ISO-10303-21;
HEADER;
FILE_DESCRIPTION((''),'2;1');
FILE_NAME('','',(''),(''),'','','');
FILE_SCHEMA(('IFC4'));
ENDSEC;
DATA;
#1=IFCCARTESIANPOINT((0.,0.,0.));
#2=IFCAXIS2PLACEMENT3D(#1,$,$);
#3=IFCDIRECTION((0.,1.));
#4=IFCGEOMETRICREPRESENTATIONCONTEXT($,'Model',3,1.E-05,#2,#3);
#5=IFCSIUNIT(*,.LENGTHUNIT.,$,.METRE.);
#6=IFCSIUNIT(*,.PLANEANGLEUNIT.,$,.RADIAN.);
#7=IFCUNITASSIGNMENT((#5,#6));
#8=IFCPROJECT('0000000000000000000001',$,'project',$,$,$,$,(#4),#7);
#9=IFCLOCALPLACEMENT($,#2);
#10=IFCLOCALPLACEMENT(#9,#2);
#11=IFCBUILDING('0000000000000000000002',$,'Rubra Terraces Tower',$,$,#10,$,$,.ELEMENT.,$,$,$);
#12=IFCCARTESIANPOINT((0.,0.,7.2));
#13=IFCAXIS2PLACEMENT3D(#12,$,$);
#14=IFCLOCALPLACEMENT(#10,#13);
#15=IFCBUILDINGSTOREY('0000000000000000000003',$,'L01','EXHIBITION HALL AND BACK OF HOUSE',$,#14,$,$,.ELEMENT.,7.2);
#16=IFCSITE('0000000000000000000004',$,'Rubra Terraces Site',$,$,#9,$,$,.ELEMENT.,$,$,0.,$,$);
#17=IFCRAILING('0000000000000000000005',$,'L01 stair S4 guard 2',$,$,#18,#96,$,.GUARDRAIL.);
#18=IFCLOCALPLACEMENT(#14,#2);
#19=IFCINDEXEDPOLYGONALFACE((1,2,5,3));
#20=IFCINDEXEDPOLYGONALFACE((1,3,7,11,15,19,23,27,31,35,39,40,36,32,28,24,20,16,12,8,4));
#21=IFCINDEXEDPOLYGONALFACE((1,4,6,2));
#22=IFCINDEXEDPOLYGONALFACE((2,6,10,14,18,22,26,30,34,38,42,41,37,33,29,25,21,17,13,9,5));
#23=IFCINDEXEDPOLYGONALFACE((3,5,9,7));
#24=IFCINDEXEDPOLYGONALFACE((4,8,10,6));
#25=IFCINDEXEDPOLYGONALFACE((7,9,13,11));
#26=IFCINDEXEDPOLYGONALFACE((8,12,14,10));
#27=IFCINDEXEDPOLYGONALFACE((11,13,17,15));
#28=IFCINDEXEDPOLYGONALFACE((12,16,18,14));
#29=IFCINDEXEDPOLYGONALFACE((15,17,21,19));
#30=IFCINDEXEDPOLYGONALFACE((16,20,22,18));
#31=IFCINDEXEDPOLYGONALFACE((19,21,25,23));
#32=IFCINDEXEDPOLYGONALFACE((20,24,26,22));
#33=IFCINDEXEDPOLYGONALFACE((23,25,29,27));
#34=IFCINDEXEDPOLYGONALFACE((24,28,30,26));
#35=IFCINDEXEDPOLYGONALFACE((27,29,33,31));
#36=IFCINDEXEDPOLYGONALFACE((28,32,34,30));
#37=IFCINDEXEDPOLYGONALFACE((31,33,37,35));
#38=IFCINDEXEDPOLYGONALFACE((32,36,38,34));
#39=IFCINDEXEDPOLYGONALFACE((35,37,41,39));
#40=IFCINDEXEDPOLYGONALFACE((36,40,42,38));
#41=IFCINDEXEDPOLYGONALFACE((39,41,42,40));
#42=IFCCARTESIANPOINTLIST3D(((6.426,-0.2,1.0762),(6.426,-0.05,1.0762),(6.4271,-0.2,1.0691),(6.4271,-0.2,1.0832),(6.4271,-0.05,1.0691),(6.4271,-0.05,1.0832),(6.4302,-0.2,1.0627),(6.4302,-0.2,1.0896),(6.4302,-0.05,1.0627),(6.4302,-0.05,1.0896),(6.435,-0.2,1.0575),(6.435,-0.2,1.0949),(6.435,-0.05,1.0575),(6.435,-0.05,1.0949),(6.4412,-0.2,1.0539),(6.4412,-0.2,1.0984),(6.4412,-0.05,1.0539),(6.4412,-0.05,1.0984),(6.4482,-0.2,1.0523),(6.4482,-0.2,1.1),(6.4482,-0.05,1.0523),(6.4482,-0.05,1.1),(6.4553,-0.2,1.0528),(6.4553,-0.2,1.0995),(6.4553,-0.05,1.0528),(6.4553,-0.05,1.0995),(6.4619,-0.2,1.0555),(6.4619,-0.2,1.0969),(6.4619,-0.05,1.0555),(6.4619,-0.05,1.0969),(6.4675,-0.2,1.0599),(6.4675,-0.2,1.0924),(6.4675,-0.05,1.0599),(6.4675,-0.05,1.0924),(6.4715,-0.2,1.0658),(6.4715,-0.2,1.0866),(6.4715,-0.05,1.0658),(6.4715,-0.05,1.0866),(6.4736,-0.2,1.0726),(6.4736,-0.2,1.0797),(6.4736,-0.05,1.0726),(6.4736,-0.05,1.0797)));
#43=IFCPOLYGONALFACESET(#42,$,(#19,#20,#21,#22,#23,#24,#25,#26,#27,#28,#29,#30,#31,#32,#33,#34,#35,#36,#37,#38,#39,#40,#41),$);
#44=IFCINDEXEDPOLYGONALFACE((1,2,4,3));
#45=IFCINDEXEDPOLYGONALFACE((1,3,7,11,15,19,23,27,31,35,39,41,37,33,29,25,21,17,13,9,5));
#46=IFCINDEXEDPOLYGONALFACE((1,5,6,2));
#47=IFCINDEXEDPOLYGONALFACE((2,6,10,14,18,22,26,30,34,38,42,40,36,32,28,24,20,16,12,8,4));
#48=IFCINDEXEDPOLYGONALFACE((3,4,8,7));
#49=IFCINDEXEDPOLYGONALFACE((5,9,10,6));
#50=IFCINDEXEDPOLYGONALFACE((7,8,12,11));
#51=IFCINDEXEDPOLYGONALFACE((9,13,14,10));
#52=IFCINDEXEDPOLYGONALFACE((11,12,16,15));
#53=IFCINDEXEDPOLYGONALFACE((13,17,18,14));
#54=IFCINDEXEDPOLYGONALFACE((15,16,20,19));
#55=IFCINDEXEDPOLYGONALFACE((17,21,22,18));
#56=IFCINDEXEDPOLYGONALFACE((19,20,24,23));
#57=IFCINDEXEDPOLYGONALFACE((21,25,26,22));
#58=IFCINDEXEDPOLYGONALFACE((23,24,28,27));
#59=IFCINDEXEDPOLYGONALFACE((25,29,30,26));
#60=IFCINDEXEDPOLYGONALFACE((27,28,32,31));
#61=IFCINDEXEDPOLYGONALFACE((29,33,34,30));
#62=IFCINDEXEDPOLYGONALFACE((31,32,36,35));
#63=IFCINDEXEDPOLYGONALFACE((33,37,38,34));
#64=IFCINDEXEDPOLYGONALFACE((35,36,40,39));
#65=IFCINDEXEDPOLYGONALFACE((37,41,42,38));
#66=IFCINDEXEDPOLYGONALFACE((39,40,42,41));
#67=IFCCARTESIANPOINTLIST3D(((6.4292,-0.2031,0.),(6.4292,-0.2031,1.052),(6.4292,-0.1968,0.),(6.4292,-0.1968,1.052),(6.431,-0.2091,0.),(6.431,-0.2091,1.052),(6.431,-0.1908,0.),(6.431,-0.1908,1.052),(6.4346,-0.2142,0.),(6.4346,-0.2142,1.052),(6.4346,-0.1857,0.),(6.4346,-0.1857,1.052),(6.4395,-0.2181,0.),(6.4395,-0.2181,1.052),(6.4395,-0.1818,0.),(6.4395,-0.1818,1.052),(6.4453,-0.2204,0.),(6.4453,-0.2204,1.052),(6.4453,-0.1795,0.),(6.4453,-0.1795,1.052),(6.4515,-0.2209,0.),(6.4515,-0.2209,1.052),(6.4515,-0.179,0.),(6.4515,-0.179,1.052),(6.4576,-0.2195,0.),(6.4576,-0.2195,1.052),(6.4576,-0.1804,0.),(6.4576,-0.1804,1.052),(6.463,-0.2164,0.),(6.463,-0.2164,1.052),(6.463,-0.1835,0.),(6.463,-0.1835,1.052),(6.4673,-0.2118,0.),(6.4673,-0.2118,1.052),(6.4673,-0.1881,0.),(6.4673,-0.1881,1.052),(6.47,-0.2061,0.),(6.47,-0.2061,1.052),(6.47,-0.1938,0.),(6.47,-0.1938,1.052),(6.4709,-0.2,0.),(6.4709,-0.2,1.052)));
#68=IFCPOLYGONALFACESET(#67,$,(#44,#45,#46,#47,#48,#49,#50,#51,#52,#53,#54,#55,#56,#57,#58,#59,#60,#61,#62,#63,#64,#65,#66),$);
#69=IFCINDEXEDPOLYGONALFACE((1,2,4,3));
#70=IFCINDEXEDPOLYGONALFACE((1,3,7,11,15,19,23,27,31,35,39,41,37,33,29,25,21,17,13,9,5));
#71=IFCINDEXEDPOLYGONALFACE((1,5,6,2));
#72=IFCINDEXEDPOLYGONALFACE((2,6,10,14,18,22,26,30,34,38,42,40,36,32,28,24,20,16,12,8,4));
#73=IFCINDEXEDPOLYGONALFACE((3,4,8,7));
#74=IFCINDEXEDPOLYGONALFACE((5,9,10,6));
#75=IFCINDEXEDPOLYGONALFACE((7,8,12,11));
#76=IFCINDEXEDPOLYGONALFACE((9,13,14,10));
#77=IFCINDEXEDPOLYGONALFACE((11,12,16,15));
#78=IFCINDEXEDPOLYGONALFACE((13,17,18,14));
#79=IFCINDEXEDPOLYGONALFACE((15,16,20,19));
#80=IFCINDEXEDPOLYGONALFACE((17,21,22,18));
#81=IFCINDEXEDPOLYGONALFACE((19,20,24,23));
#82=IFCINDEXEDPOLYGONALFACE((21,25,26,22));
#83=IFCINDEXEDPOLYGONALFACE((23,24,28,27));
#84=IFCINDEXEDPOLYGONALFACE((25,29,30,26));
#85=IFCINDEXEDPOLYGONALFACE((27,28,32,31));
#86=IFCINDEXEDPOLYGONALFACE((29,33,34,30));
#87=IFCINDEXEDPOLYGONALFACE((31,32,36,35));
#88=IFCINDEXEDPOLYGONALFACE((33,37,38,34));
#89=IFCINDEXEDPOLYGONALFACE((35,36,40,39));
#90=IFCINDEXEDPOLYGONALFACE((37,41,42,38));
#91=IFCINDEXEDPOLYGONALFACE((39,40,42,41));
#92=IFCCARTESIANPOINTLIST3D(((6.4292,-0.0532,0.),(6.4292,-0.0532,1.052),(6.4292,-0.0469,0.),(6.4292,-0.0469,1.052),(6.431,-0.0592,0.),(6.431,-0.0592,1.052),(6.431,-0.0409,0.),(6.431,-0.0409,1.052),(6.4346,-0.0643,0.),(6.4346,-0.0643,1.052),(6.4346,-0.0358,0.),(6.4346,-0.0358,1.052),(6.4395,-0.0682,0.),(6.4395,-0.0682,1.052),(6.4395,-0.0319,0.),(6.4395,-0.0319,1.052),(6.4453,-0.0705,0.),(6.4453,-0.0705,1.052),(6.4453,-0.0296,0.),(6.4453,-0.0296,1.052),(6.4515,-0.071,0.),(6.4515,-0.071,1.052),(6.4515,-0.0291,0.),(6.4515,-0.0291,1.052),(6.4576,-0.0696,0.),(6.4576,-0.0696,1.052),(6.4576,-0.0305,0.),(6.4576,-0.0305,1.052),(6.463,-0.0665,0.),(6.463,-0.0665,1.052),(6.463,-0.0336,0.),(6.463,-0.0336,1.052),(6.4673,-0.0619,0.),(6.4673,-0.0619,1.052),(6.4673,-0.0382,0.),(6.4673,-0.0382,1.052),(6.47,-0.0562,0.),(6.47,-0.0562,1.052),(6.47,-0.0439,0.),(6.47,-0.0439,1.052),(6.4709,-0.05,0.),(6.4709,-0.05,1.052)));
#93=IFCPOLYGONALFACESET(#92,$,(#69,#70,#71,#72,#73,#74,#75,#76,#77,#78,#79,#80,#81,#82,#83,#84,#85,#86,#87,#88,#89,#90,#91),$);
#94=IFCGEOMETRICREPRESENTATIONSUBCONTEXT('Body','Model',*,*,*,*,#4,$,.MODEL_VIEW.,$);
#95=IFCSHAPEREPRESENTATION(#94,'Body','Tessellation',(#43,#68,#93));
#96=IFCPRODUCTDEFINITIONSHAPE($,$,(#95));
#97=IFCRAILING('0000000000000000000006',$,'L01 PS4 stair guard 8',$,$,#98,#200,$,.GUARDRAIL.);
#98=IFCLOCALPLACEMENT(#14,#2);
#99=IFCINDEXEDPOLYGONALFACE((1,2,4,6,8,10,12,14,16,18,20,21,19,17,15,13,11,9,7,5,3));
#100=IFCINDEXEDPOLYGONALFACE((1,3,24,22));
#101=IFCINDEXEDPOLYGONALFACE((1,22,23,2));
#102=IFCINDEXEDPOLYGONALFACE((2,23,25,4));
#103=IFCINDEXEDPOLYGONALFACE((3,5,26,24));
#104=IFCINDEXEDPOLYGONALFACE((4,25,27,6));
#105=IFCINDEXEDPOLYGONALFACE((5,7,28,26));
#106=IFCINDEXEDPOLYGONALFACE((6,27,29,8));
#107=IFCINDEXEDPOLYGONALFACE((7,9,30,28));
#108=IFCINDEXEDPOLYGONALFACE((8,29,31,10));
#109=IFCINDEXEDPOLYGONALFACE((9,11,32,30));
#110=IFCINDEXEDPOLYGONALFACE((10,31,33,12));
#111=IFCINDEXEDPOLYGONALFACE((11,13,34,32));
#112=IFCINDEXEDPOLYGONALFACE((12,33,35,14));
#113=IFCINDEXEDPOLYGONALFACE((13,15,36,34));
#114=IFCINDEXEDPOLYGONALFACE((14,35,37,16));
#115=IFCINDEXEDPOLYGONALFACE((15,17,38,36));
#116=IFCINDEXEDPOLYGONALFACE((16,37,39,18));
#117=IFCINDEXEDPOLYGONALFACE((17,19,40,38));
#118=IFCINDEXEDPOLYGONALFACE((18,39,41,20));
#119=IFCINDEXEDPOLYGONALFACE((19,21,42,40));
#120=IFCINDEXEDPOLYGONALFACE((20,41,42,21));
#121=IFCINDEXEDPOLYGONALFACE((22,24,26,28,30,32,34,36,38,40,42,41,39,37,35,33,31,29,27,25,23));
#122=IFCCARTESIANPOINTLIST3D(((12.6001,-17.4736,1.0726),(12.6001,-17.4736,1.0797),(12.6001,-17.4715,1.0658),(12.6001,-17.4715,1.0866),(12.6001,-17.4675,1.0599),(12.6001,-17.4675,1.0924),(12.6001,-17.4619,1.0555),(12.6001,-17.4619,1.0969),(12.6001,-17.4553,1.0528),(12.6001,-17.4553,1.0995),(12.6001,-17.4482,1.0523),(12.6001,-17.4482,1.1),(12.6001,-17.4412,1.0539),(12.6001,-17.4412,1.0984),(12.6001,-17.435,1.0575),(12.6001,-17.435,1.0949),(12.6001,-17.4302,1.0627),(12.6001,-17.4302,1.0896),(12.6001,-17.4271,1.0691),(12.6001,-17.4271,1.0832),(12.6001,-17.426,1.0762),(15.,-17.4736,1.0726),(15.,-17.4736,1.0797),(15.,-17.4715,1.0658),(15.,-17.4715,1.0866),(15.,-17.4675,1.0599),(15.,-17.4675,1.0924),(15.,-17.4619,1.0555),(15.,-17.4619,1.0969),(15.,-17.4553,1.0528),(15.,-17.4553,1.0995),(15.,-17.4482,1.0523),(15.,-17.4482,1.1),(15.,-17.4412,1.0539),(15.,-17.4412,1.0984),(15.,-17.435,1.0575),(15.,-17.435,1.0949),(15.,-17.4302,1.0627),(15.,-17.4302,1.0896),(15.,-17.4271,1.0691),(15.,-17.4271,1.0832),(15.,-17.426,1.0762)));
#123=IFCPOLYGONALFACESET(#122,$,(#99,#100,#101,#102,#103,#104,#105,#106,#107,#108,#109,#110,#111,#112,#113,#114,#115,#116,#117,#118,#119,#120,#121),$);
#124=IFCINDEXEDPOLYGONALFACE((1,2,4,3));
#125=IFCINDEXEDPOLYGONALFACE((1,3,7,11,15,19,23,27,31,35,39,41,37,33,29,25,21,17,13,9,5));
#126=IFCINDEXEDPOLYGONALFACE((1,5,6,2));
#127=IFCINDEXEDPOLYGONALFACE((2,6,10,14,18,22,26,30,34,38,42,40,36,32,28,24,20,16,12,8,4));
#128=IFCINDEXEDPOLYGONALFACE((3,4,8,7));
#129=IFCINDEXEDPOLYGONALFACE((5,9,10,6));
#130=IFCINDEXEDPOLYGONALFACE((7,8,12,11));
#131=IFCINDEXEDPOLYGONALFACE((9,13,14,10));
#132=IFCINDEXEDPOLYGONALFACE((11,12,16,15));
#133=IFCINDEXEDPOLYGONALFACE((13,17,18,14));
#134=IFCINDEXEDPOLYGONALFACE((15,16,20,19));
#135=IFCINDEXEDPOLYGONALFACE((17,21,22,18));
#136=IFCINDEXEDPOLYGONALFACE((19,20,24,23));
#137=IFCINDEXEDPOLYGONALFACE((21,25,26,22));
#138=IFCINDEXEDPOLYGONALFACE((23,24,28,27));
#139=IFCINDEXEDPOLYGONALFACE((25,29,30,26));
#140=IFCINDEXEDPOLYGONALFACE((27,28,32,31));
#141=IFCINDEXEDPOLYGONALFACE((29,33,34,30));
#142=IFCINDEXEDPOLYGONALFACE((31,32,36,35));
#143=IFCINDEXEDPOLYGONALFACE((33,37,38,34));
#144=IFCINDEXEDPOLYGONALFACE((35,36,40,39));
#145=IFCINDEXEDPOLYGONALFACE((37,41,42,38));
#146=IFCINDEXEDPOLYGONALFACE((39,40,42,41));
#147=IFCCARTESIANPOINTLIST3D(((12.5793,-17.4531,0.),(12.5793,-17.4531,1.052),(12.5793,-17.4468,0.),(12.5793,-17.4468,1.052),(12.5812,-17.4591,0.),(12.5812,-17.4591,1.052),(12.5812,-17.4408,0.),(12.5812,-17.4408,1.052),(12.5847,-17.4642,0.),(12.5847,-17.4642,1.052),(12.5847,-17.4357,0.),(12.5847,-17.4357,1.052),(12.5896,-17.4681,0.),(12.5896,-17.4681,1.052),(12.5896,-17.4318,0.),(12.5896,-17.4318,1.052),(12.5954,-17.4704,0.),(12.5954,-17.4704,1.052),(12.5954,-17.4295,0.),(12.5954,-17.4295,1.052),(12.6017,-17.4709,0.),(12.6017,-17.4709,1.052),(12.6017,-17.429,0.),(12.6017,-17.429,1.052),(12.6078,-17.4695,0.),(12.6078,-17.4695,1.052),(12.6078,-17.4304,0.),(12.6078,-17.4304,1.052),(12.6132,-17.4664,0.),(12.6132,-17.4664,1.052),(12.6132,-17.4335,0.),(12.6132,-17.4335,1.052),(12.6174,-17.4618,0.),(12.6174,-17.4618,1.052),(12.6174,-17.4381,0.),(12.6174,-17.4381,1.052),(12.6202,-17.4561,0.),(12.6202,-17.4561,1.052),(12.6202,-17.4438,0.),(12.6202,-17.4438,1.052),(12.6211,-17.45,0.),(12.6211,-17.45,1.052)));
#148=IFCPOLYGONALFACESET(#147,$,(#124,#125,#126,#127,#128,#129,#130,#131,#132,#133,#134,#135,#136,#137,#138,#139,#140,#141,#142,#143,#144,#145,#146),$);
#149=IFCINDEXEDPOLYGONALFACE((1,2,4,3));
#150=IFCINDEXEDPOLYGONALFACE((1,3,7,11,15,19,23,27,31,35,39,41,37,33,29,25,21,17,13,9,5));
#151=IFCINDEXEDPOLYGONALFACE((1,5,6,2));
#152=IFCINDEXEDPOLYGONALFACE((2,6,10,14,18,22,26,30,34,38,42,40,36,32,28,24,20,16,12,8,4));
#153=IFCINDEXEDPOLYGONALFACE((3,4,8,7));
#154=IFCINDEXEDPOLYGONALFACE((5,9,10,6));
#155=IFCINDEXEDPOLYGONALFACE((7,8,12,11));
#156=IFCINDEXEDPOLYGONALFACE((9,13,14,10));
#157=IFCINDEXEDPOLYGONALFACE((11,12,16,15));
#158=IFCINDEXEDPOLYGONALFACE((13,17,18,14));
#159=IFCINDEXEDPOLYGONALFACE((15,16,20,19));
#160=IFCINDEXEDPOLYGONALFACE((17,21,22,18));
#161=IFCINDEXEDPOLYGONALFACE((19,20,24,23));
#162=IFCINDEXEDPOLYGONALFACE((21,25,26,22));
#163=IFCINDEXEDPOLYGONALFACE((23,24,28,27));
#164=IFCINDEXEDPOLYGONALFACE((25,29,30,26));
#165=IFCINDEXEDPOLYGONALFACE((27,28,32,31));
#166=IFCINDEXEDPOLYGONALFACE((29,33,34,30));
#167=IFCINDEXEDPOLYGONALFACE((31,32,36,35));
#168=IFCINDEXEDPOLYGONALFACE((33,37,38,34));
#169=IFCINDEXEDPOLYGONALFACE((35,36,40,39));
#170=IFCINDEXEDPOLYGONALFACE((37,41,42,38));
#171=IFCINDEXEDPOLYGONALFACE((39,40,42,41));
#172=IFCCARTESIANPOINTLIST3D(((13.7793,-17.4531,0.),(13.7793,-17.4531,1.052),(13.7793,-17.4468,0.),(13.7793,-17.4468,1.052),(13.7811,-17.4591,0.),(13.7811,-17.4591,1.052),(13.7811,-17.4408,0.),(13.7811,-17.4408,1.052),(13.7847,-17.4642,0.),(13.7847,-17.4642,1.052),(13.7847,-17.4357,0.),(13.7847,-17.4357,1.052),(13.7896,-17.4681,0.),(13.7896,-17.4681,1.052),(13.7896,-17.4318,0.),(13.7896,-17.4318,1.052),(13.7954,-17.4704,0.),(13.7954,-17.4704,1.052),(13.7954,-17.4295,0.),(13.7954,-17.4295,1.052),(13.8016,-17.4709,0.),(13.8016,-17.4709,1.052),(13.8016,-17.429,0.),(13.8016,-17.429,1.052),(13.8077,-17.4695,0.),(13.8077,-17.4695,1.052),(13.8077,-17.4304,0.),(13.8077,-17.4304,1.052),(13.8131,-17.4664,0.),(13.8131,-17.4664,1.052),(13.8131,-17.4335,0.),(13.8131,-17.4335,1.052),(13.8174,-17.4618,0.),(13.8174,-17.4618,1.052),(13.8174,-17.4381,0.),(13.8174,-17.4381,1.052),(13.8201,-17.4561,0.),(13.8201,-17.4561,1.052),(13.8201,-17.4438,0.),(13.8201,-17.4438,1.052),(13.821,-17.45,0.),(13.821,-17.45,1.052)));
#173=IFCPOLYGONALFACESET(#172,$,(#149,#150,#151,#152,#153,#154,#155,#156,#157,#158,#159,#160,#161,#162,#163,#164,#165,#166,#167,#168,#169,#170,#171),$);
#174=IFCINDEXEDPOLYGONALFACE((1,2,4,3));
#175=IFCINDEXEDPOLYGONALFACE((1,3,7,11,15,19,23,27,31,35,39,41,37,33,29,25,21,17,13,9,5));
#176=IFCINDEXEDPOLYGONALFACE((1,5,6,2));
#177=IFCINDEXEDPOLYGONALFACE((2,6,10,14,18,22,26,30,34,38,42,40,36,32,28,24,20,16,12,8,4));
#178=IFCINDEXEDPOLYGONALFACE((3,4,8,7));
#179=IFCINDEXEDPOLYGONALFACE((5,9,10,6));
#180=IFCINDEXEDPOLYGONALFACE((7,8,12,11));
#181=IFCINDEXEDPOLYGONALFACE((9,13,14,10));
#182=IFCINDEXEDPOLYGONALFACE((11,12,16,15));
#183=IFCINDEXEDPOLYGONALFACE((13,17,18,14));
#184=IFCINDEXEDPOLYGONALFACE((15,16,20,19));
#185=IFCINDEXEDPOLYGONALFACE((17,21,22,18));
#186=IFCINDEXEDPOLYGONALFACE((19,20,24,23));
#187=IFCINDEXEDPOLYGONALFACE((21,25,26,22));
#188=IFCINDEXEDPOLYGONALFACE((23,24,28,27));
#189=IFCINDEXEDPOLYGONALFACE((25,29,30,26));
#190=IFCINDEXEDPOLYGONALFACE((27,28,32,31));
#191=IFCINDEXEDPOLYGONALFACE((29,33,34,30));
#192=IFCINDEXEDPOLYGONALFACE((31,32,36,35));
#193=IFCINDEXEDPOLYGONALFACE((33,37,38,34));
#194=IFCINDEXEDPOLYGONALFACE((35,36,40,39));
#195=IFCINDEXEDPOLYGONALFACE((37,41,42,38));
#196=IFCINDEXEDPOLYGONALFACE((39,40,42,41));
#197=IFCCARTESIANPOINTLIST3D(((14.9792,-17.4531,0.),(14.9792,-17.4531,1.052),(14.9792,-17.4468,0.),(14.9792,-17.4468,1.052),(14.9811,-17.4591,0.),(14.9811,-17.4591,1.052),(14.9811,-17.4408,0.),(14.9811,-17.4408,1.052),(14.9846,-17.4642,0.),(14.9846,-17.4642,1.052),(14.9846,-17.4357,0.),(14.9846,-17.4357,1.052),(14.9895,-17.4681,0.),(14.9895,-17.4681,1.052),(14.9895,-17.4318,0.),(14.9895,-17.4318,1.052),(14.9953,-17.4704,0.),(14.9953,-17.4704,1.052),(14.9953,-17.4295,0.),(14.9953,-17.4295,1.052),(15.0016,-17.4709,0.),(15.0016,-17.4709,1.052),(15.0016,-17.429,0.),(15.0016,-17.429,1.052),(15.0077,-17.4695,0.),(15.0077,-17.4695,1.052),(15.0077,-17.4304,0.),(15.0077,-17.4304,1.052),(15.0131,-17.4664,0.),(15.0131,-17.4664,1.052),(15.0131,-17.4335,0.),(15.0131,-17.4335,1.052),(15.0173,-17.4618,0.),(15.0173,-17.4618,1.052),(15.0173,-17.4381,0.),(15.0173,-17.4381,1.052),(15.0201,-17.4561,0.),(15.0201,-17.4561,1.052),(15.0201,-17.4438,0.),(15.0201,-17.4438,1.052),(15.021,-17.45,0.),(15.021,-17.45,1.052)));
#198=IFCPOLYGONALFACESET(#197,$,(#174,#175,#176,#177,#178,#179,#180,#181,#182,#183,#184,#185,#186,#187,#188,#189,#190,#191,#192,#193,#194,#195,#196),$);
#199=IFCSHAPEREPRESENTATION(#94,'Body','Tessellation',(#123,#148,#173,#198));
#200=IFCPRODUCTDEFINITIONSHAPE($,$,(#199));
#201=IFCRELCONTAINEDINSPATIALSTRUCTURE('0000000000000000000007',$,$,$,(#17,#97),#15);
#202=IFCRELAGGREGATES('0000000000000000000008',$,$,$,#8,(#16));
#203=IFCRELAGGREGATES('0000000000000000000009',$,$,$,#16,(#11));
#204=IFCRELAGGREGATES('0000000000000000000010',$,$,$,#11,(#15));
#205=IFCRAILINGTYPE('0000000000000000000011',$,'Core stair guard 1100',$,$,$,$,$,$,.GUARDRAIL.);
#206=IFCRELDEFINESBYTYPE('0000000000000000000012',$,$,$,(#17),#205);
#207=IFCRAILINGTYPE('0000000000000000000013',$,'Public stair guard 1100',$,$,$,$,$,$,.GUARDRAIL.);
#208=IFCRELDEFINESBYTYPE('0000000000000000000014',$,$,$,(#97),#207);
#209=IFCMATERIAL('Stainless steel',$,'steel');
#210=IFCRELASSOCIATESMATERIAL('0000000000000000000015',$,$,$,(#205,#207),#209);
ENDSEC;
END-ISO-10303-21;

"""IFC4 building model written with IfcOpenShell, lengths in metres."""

from ifc_helpers import new_model, si_unit, direction, frame, origin, origin_2d, place, context, subcontext, project, spatial, circle, extrude, material, type_object, element, save


model = new_model("IFC4")

# Units and contexts
model_context = context("Model", 3, precision=1e-05, world=origin(), true_north=direction((0.0, 1.0)))
body_context = subcontext(model_context, "Body", "Model", "MODEL_VIEW")
ifc_project = project(units=[si_unit("LENGTHUNIT", "METRE"), si_unit("PLANEANGLEUNIT", "RADIAN")], contexts=[model_context])

# Site, building, storey
site_placement = place(None, origin())
site = spatial("IfcSite", under=ifc_project, at=site_placement, Name="Rubra Terraces Site", CompositionType="ELEMENT", RefElevation=0.0)
building_placement = place(site_placement, origin())
building = spatial("IfcBuilding", under=site, at=building_placement, Name="Rubra Terraces Tower", CompositionType="ELEMENT")
storey_placement = place(building_placement, frame((0.0, 0.0, 7.2)))
storey = spatial("IfcBuildingStorey", under=building, at=storey_placement, Name="L01", Description="EXHIBITION HALL AND BACK OF HOUSE", CompositionType="ELEMENT", Elevation=7.2)

# Railings
ifc_material_1 = material(Name="Stainless steel", Category="steel")
railing_type_1 = type_object("IfcRailingType", Name="Core stair guard 1100", PredefinedType="GUARDRAIL", material=ifc_material_1)
railing_1_placement = place(storey_placement, frame((6.45, -0.2, 0.0)))
element("IfcRailing", 1, at=railing_1_placement, inside=storey, type_object=railing_type_1, Name="L01 stair S4 guard 2", PredefinedType="GUARDRAIL", context=body_context, shape_type="SweptSolid", body=[
    extrude(circle(Radius=0.0239, at=origin_2d()), frame((0.0, 0.0, 1.0762), z_axis=(0.0, 1.0, 0.0), x_axis=(-1.0, 0.0, 0.0)), (0.0, 0.0, 1.0), 0.1499),
    extrude(circle(Radius=0.021, at=origin_2d()), origin(), (0.0, 0.0, 1.0), 1.052),
    extrude(circle(Radius=0.021, at=origin_2d()), frame((0.0, 0.1499, 0.0)), (0.0, 0.0, 1.0), 1.052),
])
railing_type_2 = type_object("IfcRailingType", Name="Public stair guard 1100", PredefinedType="GUARDRAIL", material=ifc_material_1)
for number, where, name in (
    (2, (12.6001, -17.45, 0.0), "L01 PS4 stair guard 8"),
):
    element("IfcRailing", number, at=place(storey_placement, frame(where)), inside=storey, type_object=railing_type_2, Name=name, PredefinedType="GUARDRAIL", context=body_context, shape_type="SweptSolid", body=[
        extrude(circle(Radius=0.0239, at=origin_2d()), frame((0.0, 0.0, 1.0762), z_axis=(1.0, 0.0, 0.0), x_axis=(0.0, 1.0, 0.0)), (0.0, 0.0, 1.0), 2.3999),
        extrude(circle(Radius=0.021, at=origin_2d()), origin(), (0.0, 0.0, 1.0), 1.052),
        extrude(circle(Radius=0.021, at=origin_2d()), frame((1.2, 0.0, 0.0)), (0.0, 0.0, 1.0), 1.052),
        extrude(circle(Radius=0.021, at=origin_2d()), frame((2.3999, 0.0, 0.0)), (0.0, 0.0, 1.0), 1.052),
    ])

save(model, "model.ifc")
